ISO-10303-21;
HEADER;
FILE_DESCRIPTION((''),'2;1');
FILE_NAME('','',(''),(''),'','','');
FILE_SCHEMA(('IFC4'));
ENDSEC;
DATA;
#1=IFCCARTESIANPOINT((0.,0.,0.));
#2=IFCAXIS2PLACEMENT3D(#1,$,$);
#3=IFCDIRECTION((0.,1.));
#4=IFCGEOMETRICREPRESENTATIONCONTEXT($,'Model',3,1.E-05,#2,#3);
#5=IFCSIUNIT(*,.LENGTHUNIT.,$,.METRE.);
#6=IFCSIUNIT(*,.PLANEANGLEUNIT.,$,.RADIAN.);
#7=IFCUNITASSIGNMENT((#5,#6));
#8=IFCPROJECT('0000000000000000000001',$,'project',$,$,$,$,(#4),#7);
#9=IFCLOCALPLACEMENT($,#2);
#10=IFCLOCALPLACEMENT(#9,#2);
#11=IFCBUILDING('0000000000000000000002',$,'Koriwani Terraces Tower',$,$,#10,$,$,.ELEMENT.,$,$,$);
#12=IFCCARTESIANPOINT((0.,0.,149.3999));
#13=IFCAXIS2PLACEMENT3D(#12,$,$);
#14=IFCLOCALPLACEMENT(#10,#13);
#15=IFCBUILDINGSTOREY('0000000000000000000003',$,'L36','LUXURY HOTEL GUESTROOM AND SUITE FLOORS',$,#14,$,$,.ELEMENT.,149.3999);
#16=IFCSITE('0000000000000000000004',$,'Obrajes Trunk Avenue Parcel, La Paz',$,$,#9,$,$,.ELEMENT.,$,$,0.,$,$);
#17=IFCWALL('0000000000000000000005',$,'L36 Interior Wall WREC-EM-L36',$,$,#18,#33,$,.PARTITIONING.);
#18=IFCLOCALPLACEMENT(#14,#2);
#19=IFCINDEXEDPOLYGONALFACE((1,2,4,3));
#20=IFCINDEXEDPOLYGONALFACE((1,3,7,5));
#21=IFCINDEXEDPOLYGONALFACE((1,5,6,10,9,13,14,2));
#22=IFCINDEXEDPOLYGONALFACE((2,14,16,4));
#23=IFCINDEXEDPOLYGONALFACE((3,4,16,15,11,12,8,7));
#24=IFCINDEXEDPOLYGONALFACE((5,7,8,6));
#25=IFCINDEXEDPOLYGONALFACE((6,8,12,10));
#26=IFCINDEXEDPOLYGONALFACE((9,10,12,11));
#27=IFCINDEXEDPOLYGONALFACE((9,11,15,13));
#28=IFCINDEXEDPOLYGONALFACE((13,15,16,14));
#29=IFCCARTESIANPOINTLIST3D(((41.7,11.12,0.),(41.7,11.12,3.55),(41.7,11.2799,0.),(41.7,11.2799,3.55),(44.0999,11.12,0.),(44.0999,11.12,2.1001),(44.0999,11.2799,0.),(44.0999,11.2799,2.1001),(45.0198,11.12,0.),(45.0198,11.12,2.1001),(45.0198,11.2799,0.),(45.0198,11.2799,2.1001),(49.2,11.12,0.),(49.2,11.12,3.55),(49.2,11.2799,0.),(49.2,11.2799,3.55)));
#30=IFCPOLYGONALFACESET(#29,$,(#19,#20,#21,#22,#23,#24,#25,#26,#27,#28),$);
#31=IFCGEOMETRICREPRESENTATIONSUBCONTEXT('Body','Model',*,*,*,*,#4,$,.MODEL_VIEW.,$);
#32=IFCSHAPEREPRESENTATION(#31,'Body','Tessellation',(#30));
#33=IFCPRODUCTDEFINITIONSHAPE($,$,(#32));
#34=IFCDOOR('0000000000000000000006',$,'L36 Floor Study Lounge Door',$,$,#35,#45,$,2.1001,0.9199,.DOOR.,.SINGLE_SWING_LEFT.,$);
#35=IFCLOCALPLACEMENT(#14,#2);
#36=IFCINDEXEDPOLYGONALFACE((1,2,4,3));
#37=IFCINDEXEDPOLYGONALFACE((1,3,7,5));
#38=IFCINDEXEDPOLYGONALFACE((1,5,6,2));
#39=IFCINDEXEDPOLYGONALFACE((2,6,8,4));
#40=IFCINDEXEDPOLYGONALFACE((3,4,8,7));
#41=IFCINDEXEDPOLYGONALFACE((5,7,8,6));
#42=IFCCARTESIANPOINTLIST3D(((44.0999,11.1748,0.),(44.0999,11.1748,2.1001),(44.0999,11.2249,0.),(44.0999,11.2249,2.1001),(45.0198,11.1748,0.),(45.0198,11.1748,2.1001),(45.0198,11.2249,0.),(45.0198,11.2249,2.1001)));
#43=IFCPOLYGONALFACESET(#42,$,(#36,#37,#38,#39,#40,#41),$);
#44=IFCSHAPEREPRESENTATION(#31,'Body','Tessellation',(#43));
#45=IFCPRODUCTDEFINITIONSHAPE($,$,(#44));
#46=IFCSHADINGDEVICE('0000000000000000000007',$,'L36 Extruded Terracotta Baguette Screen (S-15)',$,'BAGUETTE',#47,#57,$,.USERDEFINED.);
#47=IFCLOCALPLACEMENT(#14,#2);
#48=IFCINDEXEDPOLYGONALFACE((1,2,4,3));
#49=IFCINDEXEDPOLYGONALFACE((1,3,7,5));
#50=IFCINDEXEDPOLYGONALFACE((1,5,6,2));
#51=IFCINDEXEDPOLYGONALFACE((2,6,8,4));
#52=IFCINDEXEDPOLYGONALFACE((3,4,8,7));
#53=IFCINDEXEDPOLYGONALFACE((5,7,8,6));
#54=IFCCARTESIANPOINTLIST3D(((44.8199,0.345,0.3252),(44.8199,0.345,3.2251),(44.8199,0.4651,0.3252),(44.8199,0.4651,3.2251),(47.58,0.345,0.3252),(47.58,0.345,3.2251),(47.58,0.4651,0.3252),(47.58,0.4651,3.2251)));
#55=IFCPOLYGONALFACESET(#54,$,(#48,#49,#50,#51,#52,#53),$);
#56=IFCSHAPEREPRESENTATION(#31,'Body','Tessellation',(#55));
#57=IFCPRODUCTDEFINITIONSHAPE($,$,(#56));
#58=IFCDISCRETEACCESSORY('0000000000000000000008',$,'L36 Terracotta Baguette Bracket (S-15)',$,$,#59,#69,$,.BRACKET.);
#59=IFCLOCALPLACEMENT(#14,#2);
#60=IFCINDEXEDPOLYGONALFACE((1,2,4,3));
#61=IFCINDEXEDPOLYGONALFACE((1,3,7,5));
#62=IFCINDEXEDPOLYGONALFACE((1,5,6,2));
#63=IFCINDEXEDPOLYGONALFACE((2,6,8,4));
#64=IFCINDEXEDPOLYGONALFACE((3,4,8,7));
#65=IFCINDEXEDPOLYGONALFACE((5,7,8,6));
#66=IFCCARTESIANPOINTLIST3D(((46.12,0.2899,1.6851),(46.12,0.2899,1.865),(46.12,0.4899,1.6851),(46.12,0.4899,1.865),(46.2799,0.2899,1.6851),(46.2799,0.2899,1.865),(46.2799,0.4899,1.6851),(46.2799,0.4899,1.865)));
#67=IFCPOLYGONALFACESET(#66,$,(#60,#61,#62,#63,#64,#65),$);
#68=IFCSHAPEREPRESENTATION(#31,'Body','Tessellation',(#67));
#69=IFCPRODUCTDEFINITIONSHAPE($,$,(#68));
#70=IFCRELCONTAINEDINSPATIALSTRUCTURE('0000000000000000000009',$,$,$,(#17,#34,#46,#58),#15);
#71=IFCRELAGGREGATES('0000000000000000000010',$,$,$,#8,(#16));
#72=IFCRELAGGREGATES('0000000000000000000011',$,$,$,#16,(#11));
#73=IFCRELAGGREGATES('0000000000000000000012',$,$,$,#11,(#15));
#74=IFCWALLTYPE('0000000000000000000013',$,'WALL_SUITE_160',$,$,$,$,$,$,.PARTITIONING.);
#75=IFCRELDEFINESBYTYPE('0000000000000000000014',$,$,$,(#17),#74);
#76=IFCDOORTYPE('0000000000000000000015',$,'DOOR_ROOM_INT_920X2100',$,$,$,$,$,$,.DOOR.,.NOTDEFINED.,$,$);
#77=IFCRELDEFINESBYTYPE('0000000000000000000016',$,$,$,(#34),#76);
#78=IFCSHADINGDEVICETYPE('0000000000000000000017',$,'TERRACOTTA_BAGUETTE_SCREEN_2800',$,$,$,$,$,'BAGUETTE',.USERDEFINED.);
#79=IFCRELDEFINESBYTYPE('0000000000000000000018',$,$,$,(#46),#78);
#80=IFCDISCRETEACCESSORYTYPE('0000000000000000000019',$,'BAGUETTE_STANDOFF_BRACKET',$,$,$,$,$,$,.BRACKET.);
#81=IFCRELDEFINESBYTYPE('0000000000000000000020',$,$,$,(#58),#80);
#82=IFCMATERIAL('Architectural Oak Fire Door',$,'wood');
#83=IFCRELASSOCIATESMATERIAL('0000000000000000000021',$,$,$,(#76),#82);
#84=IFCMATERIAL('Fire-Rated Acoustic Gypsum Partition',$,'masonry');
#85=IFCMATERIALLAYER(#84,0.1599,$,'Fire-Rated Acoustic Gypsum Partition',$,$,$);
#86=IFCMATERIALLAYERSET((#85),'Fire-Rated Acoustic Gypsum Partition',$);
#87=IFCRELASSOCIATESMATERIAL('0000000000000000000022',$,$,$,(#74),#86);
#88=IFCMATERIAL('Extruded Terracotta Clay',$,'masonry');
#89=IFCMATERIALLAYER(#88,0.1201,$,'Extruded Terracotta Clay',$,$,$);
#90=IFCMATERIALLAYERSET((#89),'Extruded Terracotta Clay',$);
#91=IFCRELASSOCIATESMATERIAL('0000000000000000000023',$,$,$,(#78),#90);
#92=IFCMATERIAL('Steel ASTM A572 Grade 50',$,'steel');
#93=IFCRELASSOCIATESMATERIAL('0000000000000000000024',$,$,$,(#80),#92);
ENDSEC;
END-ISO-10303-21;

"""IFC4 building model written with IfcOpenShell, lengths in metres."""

from ifc_helpers import new_model, si_unit, direction, frame, frame_2d, origin, origin_2d, place, context, subcontext, project, spatial, rectangle, extrude, material, layer, layer_set, type_object, element, fill, save


model = new_model("IFC4")

# Units and contexts
model_context = context("Model", 3, precision=1e-05, world=origin(), true_north=direction((0.0, 1.0)))
body_context = subcontext(model_context, "Body", "Model", "MODEL_VIEW")
ifc_project = project(units=[si_unit("LENGTHUNIT", "METRE"), si_unit("PLANEANGLEUNIT", "RADIAN")], contexts=[model_context])

# Site, building, storey
site_placement = place(None, origin())
site = spatial("IfcSite", under=ifc_project, at=site_placement, Name="Obrajes Trunk Avenue Parcel, La Paz", CompositionType="ELEMENT", RefElevation=0.0)
building_placement = place(site_placement, origin())
building = spatial("IfcBuilding", under=site, at=building_placement, Name="Koriwani Terraces Tower", CompositionType="ELEMENT")
storey_placement = place(building_placement, frame((0.0, 0.0, 149.3999)))
storey = spatial("IfcBuildingStorey", under=building, at=storey_placement, Name="L36", Description="LUXURY HOTEL GUESTROOM AND SUITE FLOORS", CompositionType="ELEMENT", Elevation=149.3999)

# Shared definitions
ifc_material_1 = material(Name="Steel ASTM A572 Grade 50", Category="steel")

# Shared definitions
ifc_material_2 = material(Name="Architectural Oak Fire Door", Category="wood")
door_type_1 = type_object("IfcDoorType", Name="DOOR_ROOM_INT_920X2100", OperationType="NOTDEFINED", PredefinedType="DOOR", material=ifc_material_2)

# Wall, opening, door
ifc_material_3 = material(Name="Fire-Rated Acoustic Gypsum Partition", Category="masonry")
ifc_layer_1 = layer(ifc_material_3, 0.1599, Name="Fire-Rated Acoustic Gypsum Partition")
ifc_layer_set_1 = layer_set([ifc_layer_1], Name="Fire-Rated Acoustic Gypsum Partition")
wall_type_1 = type_object("IfcWallType", Name="WALL_SUITE_160", PredefinedType="PARTITIONING", material=ifc_layer_set_1)
wall_1_placement = place(storey_placement, frame((41.7, 11.2, 0.0), z_axis=(0.0, 0.0, 1.0), x_axis=(1.0, 0.0, 0.0)))
wall_1 = element("IfcWall", 1, at=wall_1_placement, inside=storey, type_object=wall_type_1, Name="L36 Interior Wall WREC-EM-L36", PredefinedType="PARTITIONING", context=body_context, shape_type="SweptSolid", body=[
    extrude(rectangle(XDim=7.5, YDim=0.1599, at=frame_2d((3.75, 0.0))), origin(), (0.0, 0.0, 1.0), 3.55),
])
opening_1_placement = place(wall_1_placement, frame((2.3999, 0.0, 0.0)))
opening_1 = element("IfcOpeningElement", 2, at=opening_1_placement, cuts=wall_1, PredefinedType="OPENING", context=body_context, shape_type="SweptSolid", body=[
    extrude(rectangle(XDim=0.9199, YDim=2.1001, at=frame_2d((0.46, 1.05))), frame((0.0, 0.0898, 0.0), z_axis=(0.0, -1.0, 0.0), x_axis=(1.0, 0.0, 0.0)), (0.0, 0.0, 1.0), 0.1799),
])
door_1_placement = place(opening_1_placement, origin())
door_1 = element("IfcDoor", 3, at=door_1_placement, inside=storey, type_object=door_type_1, Name="L36 Floor Study Lounge Door", OperationType="SINGLE_SWING_LEFT", OverallHeight=2.1001, OverallWidth=0.9199, PredefinedType="DOOR", context=body_context, shape_type="SweptSolid", body=[
    extrude(rectangle(XDim=0.9199, YDim=2.1001, at=frame_2d((0.46, 1.05))), frame((0.0, 0.0249, 0.0), z_axis=(0.0, -1.0, 0.0), x_axis=(1.0, 0.0, 0.0)), (0.0, 0.0, 1.0), 0.05),
])
fill(opening_1, door_1)

# Shading device
ifc_material_4 = material(Name="Extruded Terracotta Clay", Category="masonry")
ifc_layer_2 = layer(ifc_material_4, 0.1201, Name="Extruded Terracotta Clay")
ifc_layer_set_2 = layer_set([ifc_layer_2], Name="Extruded Terracotta Clay")
shading_device_type = type_object("IfcShadingDeviceType", Name="TERRACOTTA_BAGUETTE_SCREEN_2800", ElementType="BAGUETTE", PredefinedType="USERDEFINED", material=ifc_layer_set_2)
shading_device_placement = place(storey_placement, frame((46.2, 0.405, 0.3252), z_axis=(0.0, 0.0, 1.0), x_axis=(-1.0, 0.0, 0.0)))
element("IfcShadingDevice", 4, at=shading_device_placement, inside=storey, type_object=shading_device_type, Name="L36 Extruded Terracotta Baguette Screen (S-15)", ObjectType="BAGUETTE", PredefinedType="USERDEFINED", context=body_context, shape_type="SweptSolid", body=[
    extrude(rectangle(XDim=2.76, YDim=0.1201, at=origin_2d()), origin(), (0.0, 0.0, 1.0), 2.8999),
])

# Discrete accessory
discrete_accessory_type = type_object("IfcDiscreteAccessoryType", Name="BAGUETTE_STANDOFF_BRACKET", PredefinedType="BRACKET", material=ifc_material_1)
discrete_accessory_placement = place(storey_placement, frame((46.2, 0.3899, 1.6851), z_axis=(0.0, 0.0, 1.0), x_axis=(-1.0, 0.0, 0.0)))
element("IfcDiscreteAccessory", 5, at=discrete_accessory_placement, inside=storey, type_object=discrete_accessory_type, Name="L36 Terracotta Baguette Bracket (S-15)", PredefinedType="BRACKET", context=body_context, shape_type="SweptSolid", body=[
    extrude(rectangle(XDim=0.1599, YDim=0.2, at=origin_2d()), origin(), (0.0, 0.0, 1.0), 0.1799),
])

save(model, "model.ifc")
